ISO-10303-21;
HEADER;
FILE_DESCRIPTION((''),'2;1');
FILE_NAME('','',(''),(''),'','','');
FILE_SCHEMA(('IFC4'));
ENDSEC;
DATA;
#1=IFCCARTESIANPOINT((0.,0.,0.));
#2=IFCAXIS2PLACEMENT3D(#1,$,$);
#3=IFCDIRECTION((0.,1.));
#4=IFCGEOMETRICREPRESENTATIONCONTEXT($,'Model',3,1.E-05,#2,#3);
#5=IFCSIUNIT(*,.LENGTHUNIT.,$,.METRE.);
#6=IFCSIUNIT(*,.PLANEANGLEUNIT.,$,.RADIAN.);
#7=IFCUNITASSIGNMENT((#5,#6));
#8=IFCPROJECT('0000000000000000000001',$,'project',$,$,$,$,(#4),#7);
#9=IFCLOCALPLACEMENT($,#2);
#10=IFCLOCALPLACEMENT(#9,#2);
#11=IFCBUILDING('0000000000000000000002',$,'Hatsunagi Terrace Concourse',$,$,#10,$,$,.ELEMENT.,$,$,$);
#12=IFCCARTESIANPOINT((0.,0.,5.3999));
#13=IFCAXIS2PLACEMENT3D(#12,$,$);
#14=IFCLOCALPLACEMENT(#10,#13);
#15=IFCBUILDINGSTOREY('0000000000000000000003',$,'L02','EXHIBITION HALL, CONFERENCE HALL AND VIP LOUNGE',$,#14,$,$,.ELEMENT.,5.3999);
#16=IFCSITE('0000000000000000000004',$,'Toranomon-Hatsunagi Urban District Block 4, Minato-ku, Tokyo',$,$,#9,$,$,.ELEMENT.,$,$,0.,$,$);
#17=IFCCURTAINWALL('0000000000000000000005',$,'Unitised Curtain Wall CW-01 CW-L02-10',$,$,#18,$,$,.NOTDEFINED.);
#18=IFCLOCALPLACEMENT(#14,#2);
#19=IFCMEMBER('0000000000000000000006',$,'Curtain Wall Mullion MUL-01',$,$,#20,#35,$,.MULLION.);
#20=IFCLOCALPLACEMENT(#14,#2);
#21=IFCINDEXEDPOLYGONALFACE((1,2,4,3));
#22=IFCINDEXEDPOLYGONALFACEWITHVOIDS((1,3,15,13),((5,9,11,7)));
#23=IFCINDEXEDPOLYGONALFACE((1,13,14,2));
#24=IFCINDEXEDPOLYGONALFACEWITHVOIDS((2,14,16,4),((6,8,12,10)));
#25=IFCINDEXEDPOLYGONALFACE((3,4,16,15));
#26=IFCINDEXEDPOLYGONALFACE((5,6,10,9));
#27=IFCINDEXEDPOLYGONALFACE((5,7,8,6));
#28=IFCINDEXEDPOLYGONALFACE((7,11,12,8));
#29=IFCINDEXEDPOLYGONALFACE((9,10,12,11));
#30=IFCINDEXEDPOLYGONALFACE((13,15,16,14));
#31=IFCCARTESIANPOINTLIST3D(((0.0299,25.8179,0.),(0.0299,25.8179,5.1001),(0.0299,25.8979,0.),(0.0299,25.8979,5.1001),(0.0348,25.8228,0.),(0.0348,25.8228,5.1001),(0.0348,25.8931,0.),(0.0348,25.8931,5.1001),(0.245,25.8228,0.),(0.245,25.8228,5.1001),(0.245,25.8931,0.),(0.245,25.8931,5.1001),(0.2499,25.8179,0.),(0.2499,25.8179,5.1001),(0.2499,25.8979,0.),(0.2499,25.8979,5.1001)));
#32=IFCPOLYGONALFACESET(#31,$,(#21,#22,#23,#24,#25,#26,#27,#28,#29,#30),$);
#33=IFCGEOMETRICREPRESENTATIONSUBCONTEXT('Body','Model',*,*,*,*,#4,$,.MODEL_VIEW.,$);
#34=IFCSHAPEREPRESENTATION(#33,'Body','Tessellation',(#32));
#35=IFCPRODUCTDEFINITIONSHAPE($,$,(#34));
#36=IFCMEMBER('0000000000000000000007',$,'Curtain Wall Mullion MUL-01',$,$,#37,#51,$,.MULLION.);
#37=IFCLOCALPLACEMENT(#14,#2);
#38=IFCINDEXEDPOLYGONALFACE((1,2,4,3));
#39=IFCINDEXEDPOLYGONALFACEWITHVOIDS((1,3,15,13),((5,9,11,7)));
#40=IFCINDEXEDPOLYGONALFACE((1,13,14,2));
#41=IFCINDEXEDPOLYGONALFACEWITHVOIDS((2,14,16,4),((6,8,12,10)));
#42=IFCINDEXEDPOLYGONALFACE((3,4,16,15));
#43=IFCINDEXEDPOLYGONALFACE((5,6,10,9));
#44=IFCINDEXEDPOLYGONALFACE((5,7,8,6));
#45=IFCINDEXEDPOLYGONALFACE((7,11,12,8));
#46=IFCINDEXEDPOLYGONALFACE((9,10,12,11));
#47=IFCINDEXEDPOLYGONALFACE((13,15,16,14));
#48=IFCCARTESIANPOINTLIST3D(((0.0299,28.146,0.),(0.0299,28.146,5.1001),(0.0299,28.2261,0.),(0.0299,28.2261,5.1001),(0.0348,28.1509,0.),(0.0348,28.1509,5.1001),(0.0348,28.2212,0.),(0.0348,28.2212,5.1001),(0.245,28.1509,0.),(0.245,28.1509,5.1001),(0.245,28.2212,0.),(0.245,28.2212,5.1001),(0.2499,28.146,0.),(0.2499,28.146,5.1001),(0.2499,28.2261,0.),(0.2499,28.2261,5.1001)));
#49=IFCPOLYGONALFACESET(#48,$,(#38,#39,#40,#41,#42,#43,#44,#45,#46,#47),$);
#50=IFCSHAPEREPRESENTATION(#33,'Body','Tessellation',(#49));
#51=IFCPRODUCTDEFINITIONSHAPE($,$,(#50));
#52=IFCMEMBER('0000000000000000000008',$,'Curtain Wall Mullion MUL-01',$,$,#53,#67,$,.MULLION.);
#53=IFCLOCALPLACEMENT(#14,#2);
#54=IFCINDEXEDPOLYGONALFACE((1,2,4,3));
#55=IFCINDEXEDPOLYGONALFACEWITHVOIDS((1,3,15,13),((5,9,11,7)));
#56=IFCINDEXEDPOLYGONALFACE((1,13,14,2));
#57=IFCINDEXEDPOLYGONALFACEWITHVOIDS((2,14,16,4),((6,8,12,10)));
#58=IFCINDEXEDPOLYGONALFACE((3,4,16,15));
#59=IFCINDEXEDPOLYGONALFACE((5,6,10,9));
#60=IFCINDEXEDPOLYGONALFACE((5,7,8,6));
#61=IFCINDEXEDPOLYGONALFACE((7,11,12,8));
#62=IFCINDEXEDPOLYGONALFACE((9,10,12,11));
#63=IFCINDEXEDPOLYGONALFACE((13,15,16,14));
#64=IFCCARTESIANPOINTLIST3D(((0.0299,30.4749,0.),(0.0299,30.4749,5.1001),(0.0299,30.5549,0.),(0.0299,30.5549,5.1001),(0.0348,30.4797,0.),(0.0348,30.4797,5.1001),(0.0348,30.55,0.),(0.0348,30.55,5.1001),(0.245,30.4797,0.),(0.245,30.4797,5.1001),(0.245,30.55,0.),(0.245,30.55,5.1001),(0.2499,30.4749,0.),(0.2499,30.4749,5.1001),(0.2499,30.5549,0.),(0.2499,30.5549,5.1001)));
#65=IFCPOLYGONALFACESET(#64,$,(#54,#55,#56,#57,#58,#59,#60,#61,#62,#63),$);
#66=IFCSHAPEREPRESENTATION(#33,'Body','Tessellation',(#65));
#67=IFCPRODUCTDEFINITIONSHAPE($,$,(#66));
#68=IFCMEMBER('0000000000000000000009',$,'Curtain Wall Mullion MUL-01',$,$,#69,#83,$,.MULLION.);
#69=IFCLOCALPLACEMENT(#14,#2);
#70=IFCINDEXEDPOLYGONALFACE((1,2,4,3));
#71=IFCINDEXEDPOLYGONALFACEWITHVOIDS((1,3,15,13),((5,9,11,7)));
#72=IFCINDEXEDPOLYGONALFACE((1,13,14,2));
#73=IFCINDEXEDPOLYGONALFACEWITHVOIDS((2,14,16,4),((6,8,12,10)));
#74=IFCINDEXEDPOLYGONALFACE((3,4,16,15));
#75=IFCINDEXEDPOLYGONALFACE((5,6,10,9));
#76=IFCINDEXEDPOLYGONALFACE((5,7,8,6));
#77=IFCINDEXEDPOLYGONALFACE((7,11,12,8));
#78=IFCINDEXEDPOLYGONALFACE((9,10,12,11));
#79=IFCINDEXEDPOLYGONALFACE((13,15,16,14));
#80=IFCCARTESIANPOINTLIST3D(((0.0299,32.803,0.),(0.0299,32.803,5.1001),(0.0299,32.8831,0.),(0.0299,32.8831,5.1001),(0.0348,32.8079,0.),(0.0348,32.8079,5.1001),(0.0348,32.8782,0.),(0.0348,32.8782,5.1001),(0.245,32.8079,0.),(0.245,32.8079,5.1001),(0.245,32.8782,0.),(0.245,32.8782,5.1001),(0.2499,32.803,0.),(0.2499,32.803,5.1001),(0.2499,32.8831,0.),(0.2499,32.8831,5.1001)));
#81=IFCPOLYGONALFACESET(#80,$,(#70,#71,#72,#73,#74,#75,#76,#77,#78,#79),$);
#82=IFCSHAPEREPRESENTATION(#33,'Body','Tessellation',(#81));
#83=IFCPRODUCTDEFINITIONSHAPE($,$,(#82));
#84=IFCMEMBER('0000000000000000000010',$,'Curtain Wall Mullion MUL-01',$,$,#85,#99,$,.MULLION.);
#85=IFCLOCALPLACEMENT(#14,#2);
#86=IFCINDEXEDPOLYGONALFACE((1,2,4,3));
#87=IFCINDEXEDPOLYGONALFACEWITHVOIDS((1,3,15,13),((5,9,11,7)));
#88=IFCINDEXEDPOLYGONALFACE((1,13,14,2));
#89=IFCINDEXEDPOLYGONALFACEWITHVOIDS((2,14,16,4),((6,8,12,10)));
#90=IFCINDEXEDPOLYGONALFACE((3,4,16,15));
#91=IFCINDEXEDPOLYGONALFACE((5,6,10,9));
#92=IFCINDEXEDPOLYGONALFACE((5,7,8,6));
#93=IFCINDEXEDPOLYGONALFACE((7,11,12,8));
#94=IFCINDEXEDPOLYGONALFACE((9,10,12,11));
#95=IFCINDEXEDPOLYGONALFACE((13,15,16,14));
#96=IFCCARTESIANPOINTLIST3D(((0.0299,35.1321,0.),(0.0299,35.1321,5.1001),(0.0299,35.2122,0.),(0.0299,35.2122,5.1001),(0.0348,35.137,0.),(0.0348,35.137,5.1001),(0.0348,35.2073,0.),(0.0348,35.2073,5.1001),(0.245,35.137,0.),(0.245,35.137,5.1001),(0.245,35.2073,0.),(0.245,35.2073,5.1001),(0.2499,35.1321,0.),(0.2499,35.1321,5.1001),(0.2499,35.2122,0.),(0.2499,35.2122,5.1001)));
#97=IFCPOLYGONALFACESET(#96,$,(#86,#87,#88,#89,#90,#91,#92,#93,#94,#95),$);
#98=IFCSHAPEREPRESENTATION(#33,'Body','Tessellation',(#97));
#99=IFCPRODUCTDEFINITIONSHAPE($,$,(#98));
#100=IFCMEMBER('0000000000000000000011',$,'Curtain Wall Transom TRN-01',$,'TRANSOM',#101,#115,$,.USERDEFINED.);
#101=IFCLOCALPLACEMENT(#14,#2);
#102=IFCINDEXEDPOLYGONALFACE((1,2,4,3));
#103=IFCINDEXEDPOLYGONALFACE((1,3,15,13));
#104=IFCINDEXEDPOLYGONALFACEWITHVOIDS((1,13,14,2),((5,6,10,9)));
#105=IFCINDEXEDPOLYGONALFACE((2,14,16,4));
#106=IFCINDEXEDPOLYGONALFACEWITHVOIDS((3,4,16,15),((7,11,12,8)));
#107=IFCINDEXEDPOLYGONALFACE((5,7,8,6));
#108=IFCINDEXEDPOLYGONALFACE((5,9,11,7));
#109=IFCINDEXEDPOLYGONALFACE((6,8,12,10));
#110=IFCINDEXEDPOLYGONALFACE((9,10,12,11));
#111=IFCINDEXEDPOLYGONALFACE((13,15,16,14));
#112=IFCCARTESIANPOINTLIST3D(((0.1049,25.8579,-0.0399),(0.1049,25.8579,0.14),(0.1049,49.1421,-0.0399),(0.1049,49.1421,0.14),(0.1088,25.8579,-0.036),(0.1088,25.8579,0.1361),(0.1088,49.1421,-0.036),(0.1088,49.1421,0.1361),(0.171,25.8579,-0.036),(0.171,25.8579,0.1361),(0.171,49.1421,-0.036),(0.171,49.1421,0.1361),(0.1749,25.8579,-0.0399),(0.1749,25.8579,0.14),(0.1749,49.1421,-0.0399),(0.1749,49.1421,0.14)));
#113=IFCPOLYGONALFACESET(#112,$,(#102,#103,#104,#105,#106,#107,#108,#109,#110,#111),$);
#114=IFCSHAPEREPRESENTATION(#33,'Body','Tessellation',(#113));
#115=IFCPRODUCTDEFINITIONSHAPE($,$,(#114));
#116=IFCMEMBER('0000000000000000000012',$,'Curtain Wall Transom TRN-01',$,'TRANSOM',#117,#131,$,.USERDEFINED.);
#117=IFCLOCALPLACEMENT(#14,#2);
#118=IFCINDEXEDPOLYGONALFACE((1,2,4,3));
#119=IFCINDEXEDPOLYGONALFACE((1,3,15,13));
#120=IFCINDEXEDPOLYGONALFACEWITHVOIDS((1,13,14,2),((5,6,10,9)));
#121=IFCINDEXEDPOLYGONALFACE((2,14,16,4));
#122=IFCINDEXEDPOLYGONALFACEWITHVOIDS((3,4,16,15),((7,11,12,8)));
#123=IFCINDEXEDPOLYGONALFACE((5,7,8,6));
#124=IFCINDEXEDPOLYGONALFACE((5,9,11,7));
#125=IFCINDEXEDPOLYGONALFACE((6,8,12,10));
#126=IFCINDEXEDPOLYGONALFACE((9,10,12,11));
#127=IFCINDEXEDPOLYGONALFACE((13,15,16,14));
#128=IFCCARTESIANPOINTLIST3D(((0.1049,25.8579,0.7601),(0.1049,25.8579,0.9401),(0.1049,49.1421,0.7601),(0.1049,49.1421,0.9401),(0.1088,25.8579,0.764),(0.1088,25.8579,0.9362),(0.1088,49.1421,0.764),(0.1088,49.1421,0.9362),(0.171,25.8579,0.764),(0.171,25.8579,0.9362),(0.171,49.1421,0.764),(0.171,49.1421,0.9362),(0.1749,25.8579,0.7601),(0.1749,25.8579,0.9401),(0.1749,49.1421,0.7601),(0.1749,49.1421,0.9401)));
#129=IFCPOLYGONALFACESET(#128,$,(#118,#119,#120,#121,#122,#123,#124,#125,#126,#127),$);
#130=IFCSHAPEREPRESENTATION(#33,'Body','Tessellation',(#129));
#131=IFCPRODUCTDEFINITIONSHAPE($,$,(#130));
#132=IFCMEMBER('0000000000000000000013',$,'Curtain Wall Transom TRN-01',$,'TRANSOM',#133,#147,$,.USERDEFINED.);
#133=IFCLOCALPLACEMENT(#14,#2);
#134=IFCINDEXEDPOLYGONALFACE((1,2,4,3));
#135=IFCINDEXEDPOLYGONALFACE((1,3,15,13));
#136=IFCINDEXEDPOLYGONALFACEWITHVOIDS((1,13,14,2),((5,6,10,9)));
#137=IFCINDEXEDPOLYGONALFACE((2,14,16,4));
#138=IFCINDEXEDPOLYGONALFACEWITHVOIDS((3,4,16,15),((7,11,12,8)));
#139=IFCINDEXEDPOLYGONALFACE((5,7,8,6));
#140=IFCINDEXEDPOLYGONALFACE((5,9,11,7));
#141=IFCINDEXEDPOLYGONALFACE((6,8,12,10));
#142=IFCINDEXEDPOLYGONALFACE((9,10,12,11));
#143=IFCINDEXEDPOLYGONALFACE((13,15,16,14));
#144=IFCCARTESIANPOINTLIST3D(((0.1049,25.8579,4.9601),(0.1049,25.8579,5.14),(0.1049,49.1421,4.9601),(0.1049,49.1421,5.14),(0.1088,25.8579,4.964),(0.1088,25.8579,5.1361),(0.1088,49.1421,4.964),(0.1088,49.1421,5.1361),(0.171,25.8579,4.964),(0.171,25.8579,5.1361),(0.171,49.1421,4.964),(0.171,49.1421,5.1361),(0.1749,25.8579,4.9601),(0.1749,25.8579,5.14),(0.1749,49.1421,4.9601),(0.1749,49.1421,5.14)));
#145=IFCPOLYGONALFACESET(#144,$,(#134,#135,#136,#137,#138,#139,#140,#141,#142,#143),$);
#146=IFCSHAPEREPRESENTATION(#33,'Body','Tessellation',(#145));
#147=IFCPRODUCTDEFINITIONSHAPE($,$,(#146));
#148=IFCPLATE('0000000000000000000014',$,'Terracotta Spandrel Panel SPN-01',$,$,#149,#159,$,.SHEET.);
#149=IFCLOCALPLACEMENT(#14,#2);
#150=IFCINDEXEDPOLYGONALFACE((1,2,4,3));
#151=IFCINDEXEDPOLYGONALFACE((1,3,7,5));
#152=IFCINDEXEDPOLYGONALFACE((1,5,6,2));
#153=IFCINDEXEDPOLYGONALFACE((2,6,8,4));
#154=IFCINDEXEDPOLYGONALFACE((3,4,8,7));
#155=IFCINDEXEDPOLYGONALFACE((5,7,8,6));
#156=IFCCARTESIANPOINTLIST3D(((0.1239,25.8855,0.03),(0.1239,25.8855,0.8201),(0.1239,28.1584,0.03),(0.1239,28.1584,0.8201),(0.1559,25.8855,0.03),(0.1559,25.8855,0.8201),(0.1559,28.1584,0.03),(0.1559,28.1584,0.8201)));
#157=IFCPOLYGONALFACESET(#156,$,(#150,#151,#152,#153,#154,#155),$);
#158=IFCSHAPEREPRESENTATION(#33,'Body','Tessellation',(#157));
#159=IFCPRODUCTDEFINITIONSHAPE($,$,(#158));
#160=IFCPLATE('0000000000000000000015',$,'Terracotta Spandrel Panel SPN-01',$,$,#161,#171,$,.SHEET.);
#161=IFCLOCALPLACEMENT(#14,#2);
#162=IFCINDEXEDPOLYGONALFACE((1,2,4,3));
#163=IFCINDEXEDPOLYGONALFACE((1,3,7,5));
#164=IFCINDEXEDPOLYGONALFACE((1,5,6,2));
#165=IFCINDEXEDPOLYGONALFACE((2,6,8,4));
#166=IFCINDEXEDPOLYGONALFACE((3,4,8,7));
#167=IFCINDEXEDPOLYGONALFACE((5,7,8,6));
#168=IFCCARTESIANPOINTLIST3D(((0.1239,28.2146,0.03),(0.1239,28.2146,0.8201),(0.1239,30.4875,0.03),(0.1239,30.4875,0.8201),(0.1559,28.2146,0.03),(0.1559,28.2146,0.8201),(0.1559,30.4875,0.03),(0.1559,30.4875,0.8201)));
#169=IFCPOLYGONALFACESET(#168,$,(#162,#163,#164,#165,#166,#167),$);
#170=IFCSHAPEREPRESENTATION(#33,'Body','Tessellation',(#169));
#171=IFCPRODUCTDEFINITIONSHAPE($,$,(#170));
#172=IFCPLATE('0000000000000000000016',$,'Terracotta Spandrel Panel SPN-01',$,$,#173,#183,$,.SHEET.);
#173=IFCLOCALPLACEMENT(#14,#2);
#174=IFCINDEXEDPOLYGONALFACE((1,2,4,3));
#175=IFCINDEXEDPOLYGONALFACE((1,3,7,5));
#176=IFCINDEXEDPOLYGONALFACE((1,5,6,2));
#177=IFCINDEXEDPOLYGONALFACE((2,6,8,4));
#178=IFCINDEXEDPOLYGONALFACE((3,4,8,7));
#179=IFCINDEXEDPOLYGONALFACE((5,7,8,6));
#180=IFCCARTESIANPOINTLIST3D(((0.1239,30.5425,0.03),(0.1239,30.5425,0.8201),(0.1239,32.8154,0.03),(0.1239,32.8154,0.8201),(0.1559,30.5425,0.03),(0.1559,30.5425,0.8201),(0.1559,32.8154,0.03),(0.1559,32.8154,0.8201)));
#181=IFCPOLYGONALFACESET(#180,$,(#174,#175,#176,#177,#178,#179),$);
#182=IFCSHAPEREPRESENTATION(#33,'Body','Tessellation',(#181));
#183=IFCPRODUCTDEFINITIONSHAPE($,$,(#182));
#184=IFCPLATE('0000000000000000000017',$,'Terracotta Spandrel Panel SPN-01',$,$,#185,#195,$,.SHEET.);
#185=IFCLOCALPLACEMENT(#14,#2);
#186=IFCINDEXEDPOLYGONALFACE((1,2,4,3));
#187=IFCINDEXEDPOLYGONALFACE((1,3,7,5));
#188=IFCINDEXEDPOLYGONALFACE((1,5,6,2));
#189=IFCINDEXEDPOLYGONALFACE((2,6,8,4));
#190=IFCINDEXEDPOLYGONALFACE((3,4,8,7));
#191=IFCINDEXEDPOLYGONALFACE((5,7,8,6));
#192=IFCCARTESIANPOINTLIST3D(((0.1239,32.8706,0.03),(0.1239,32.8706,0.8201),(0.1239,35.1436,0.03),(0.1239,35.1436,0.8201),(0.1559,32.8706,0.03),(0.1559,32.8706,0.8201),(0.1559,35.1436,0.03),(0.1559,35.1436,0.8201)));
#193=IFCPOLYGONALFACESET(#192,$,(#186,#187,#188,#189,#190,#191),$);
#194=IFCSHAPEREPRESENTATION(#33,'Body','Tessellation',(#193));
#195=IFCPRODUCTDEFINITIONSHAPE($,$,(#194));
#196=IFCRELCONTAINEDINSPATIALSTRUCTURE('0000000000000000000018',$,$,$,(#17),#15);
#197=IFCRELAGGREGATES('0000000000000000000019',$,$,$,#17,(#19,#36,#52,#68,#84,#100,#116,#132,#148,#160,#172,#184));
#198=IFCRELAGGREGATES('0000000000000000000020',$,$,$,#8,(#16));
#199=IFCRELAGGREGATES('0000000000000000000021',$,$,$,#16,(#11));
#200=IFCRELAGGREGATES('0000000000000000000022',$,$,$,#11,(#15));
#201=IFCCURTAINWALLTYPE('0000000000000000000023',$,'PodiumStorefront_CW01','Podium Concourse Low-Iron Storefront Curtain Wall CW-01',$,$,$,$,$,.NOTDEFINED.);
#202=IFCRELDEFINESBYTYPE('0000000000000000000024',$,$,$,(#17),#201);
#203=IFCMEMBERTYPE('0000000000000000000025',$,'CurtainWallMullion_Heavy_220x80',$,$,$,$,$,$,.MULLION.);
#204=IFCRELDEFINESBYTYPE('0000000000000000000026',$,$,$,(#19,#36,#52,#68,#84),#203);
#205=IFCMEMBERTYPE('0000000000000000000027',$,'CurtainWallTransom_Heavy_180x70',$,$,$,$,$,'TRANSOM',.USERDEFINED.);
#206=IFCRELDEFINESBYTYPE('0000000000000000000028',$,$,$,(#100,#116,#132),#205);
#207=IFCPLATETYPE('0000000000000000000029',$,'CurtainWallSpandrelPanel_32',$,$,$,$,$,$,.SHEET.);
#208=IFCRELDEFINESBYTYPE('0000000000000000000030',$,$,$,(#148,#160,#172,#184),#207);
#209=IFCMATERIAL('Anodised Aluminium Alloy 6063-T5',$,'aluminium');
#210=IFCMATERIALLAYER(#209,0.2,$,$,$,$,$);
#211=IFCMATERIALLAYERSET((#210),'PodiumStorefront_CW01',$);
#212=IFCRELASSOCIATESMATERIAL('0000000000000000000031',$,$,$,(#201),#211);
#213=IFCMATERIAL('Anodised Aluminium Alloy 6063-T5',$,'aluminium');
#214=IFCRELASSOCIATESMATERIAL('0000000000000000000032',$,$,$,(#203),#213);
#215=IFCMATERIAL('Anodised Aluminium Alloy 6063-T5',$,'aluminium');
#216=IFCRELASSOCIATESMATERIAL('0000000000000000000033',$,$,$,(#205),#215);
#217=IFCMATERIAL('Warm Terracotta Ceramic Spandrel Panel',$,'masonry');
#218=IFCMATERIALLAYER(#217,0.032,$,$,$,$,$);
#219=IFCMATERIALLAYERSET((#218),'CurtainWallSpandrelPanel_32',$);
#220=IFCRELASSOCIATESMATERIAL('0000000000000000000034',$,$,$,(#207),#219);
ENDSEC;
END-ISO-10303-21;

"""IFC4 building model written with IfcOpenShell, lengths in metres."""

from ifc_helpers import new_model, si_unit, direction, frame, origin, origin_2d, place, context, subcontext, project, spatial, rectangle, hollow_rectangle, extrude, material, layer, layer_set, material_profile, profile_set, type_object, element, aggregate, save


model = new_model("IFC4")

# Units and contexts
model_context = context("Model", 3, precision=1e-05, world=origin(), true_north=direction((0.0, 1.0)))
body_context = subcontext(model_context, "Body", "Model", "MODEL_VIEW")
ifc_project = project(units=[si_unit("LENGTHUNIT", "METRE"), si_unit("PLANEANGLEUNIT", "RADIAN")], contexts=[model_context])

# Site, building, storey
site_placement = place(None, origin())
site = spatial("IfcSite", under=ifc_project, at=site_placement, Name="Toranomon-Hatsunagi Urban District Block 4, Minato-ku, Tokyo", CompositionType="ELEMENT", RefElevation=0.0)
building_placement = place(site_placement, origin())
building = spatial("IfcBuilding", under=site, at=building_placement, Name="Hatsunagi Terrace Concourse", CompositionType="ELEMENT")
storey_placement = place(building_placement, frame((0.0, 0.0, 5.3999)))
storey = spatial("IfcBuildingStorey", under=building, at=storey_placement, Name="L02", Description="EXHIBITION HALL, CONFERENCE HALL AND VIP LOUNGE", CompositionType="ELEMENT", Elevation=5.3999)

# Curtain wall, members, plates
ifc_material_1 = material(Name="Anodised Aluminium Alloy 6063-T5", Category="aluminium")
ifc_layer_1 = layer(ifc_material_1, 0.2)
ifc_layer_set_1 = layer_set([ifc_layer_1], Name="PodiumStorefront_CW01")
curtain_wall_type = type_object("IfcCurtainWallType", Name="PodiumStorefront_CW01", Description="Podium Concourse Low-Iron Storefront Curtain Wall CW-01", PredefinedType="NOTDEFINED", material=ifc_layer_set_1)
curtain_wall_placement = place(storey_placement, origin())
curtain_wall = element("IfcCurtainWall", 1, at=curtain_wall_placement, inside=storey, type_object=curtain_wall_type, Name="Unitised Curtain Wall CW-01 CW-L02-10", PredefinedType="NOTDEFINED")
ifc_material_2 = material(Name="Anodised Aluminium Alloy 6063-T5", Category="aluminium")
ifc_material_profile_1 = material_profile(ifc_material_2, hollow_rectangle(XDim=0.0801, YDim=0.22, WallThickness=0.0049, at=origin_2d()), Name="ALU-MUL-220x80x5")
ifc_profile_set_1 = profile_set([ifc_material_profile_1], Name="Anodised Aluminium Alloy 6063-T5")
member_type_1 = type_object("IfcMemberType", Name="CurtainWallMullion_Heavy_220x80", PredefinedType="MULLION", material=ifc_profile_set_1)
member_1_placement = place(storey_placement, frame((0.1399, 25.8579, 0.0), z_axis=(0.0, 0.0, 1.0), x_axis=(0.0, 1.0, 0.0)))
member_1 = element("IfcMember", 2, at=member_1_placement, type_object=member_type_1, Name="Curtain Wall Mullion MUL-01", PredefinedType="MULLION", context=body_context, shape_type="SweptSolid", body=[
    extrude(hollow_rectangle(XDim=0.0801, YDim=0.22, WallThickness=0.0049, at=origin_2d()), origin(), (0.0, 0.0, 1.0), 5.1001),
])
member_2_placement = place(storey_placement, frame((0.1399, 28.186, 0.0), z_axis=(0.0, 0.0, 1.0), x_axis=(0.0, 1.0, 0.0)))
member_2 = element("IfcMember", 3, at=member_2_placement, type_object=member_type_1, Name="Curtain Wall Mullion MUL-01", PredefinedType="MULLION", context=body_context, shape_type="SweptSolid", body=[
    extrude(hollow_rectangle(XDim=0.0801, YDim=0.22, WallThickness=0.0049, at=origin_2d()), origin(), (0.0, 0.0, 1.0), 5.1001),
])
member_3_placement = place(storey_placement, frame((0.1399, 30.5149, 0.0), z_axis=(0.0, 0.0, 1.0), x_axis=(0.0, 1.0, 0.0)))
member_3 = element("IfcMember", 4, at=member_3_placement, type_object=member_type_1, Name="Curtain Wall Mullion MUL-01", PredefinedType="MULLION", context=body_context, shape_type="SweptSolid", body=[
    extrude(hollow_rectangle(XDim=0.0801, YDim=0.22, WallThickness=0.0049, at=origin_2d()), origin(), (0.0, 0.0, 1.0), 5.1001),
])
member_4_placement = place(storey_placement, frame((0.1399, 32.843, 0.0), z_axis=(0.0, 0.0, 1.0), x_axis=(0.0, 1.0, 0.0)))
member_4 = element("IfcMember", 5, at=member_4_placement, type_object=member_type_1, Name="Curtain Wall Mullion MUL-01", PredefinedType="MULLION", context=body_context, shape_type="SweptSolid", body=[
    extrude(hollow_rectangle(XDim=0.0801, YDim=0.22, WallThickness=0.0049, at=origin_2d()), origin(), (0.0, 0.0, 1.0), 5.1001),
])
member_5_placement = place(storey_placement, frame((0.1399, 35.1721, 0.0), z_axis=(0.0, 0.0, 1.0), x_axis=(0.0, 1.0, 0.0)))
member_5 = element("IfcMember", 6, at=member_5_placement, type_object=member_type_1, Name="Curtain Wall Mullion MUL-01", PredefinedType="MULLION", context=body_context, shape_type="SweptSolid", body=[
    extrude(hollow_rectangle(XDim=0.0801, YDim=0.22, WallThickness=0.0049, at=origin_2d()), origin(), (0.0, 0.0, 1.0), 5.1001),
])
ifc_material_3 = material(Name="Anodised Aluminium Alloy 6063-T5", Category="aluminium")
ifc_material_profile_2 = material_profile(ifc_material_3, hollow_rectangle(XDim=0.0701, YDim=0.1799, WallThickness=0.0039, at=origin_2d()), Name="ALU-TRN-180x70x4")
ifc_profile_set_2 = profile_set([ifc_material_profile_2], Name="Anodised Aluminium Alloy 6063-T5")
member_type_2 = type_object("IfcMemberType", Name="CurtainWallTransom_Heavy_180x70", ElementType="TRANSOM", PredefinedType="USERDEFINED", material=ifc_profile_set_2)
member_6_placement = place(storey_placement, frame((0.1399, 25.8579, 0.05), z_axis=(0.0, 1.0, 0.0), x_axis=(-1.0, 0.0, 0.0)))
member_6 = element("IfcMember", 7, at=member_6_placement, type_object=member_type_2, Name="Curtain Wall Transom TRN-01", ObjectType="TRANSOM", PredefinedType="USERDEFINED", context=body_context, shape_type="SweptSolid", body=[
    extrude(hollow_rectangle(XDim=0.0701, YDim=0.1799, WallThickness=0.0039, at=origin_2d()), origin(), (0.0, 0.0, 1.0), 23.2842),
])
member_7_placement = place(storey_placement, frame((0.1399, 25.8579, 0.8501), z_axis=(0.0, 1.0, 0.0), x_axis=(-1.0, 0.0, 0.0)))
member_7 = element("IfcMember", 8, at=member_7_placement, type_object=member_type_2, Name="Curtain Wall Transom TRN-01", ObjectType="TRANSOM", PredefinedType="USERDEFINED", context=body_context, shape_type="SweptSolid", body=[
    extrude(hollow_rectangle(XDim=0.0701, YDim=0.1799, WallThickness=0.0039, at=origin_2d()), origin(), (0.0, 0.0, 1.0), 23.2842),
])
member_8_placement = place(storey_placement, frame((0.1399, 25.8579, 5.05), z_axis=(0.0, 1.0, 0.0), x_axis=(-1.0, 0.0, 0.0)))
member_8 = element("IfcMember", 9, at=member_8_placement, type_object=member_type_2, Name="Curtain Wall Transom TRN-01", ObjectType="TRANSOM", PredefinedType="USERDEFINED", context=body_context, shape_type="SweptSolid", body=[
    extrude(hollow_rectangle(XDim=0.0701, YDim=0.1799, WallThickness=0.0039, at=origin_2d()), origin(), (0.0, 0.0, 1.0), 23.2842),
])
ifc_material_4 = material(Name="Warm Terracotta Ceramic Spandrel Panel", Category="masonry")
ifc_layer_2 = layer(ifc_material_4, 0.032)
ifc_layer_set_2 = layer_set([ifc_layer_2], Name="CurtainWallSpandrelPanel_32")
plate_type_1 = type_object("IfcPlateType", Name="CurtainWallSpandrelPanel_32", PredefinedType="SHEET", material=ifc_layer_set_2)
plate_1_placement = place(storey_placement, frame((0.1399, 27.022, 0.03), z_axis=(0.0, 0.0, 1.0), x_axis=(0.0, 1.0, 0.0)))
plate_1 = element("IfcPlate", 10, at=plate_1_placement, type_object=plate_type_1, Name="Terracotta Spandrel Panel SPN-01", PredefinedType="SHEET", context=body_context, shape_type="SweptSolid", body=[
    extrude(rectangle(XDim=2.2729, YDim=0.032, at=origin_2d()), origin(), (0.0, 0.0, 1.0), 0.79),
])
plate_2_placement = place(storey_placement, frame((0.1399, 29.3511, 0.03), z_axis=(0.0, 0.0, 1.0), x_axis=(0.0, 1.0, 0.0)))
plate_2 = element("IfcPlate", 11, at=plate_2_placement, type_object=plate_type_1, Name="Terracotta Spandrel Panel SPN-01", PredefinedType="SHEET", context=body_context, shape_type="SweptSolid", body=[
    extrude(rectangle(XDim=2.2729, YDim=0.032, at=origin_2d()), origin(), (0.0, 0.0, 1.0), 0.79),
])
plate_3_placement = place(storey_placement, frame((0.1399, 31.679, 0.03), z_axis=(0.0, 0.0, 1.0), x_axis=(0.0, 1.0, 0.0)))
plate_3 = element("IfcPlate", 12, at=plate_3_placement, type_object=plate_type_1, Name="Terracotta Spandrel Panel SPN-01", PredefinedType="SHEET", context=body_context, shape_type="SweptSolid", body=[
    extrude(rectangle(XDim=2.2729, YDim=0.032, at=origin_2d()), origin(), (0.0, 0.0, 1.0), 0.79),
])
plate_4_placement = place(storey_placement, frame((0.1399, 34.0071, 0.03), z_axis=(0.0, 0.0, 1.0), x_axis=(0.0, 1.0, 0.0)))
plate_4 = element("IfcPlate", 13, at=plate_4_placement, type_object=plate_type_1, Name="Terracotta Spandrel Panel SPN-01", PredefinedType="SHEET", context=body_context, shape_type="SweptSolid", body=[
    extrude(rectangle(XDim=2.2729, YDim=0.032, at=origin_2d()), origin(), (0.0, 0.0, 1.0), 0.79),
])
aggregate(curtain_wall, [member_1, member_2, member_3, member_4, member_5, member_6, member_7, member_8, plate_1, plate_2, plate_3, plate_4])

save(model, "model.ifc")
